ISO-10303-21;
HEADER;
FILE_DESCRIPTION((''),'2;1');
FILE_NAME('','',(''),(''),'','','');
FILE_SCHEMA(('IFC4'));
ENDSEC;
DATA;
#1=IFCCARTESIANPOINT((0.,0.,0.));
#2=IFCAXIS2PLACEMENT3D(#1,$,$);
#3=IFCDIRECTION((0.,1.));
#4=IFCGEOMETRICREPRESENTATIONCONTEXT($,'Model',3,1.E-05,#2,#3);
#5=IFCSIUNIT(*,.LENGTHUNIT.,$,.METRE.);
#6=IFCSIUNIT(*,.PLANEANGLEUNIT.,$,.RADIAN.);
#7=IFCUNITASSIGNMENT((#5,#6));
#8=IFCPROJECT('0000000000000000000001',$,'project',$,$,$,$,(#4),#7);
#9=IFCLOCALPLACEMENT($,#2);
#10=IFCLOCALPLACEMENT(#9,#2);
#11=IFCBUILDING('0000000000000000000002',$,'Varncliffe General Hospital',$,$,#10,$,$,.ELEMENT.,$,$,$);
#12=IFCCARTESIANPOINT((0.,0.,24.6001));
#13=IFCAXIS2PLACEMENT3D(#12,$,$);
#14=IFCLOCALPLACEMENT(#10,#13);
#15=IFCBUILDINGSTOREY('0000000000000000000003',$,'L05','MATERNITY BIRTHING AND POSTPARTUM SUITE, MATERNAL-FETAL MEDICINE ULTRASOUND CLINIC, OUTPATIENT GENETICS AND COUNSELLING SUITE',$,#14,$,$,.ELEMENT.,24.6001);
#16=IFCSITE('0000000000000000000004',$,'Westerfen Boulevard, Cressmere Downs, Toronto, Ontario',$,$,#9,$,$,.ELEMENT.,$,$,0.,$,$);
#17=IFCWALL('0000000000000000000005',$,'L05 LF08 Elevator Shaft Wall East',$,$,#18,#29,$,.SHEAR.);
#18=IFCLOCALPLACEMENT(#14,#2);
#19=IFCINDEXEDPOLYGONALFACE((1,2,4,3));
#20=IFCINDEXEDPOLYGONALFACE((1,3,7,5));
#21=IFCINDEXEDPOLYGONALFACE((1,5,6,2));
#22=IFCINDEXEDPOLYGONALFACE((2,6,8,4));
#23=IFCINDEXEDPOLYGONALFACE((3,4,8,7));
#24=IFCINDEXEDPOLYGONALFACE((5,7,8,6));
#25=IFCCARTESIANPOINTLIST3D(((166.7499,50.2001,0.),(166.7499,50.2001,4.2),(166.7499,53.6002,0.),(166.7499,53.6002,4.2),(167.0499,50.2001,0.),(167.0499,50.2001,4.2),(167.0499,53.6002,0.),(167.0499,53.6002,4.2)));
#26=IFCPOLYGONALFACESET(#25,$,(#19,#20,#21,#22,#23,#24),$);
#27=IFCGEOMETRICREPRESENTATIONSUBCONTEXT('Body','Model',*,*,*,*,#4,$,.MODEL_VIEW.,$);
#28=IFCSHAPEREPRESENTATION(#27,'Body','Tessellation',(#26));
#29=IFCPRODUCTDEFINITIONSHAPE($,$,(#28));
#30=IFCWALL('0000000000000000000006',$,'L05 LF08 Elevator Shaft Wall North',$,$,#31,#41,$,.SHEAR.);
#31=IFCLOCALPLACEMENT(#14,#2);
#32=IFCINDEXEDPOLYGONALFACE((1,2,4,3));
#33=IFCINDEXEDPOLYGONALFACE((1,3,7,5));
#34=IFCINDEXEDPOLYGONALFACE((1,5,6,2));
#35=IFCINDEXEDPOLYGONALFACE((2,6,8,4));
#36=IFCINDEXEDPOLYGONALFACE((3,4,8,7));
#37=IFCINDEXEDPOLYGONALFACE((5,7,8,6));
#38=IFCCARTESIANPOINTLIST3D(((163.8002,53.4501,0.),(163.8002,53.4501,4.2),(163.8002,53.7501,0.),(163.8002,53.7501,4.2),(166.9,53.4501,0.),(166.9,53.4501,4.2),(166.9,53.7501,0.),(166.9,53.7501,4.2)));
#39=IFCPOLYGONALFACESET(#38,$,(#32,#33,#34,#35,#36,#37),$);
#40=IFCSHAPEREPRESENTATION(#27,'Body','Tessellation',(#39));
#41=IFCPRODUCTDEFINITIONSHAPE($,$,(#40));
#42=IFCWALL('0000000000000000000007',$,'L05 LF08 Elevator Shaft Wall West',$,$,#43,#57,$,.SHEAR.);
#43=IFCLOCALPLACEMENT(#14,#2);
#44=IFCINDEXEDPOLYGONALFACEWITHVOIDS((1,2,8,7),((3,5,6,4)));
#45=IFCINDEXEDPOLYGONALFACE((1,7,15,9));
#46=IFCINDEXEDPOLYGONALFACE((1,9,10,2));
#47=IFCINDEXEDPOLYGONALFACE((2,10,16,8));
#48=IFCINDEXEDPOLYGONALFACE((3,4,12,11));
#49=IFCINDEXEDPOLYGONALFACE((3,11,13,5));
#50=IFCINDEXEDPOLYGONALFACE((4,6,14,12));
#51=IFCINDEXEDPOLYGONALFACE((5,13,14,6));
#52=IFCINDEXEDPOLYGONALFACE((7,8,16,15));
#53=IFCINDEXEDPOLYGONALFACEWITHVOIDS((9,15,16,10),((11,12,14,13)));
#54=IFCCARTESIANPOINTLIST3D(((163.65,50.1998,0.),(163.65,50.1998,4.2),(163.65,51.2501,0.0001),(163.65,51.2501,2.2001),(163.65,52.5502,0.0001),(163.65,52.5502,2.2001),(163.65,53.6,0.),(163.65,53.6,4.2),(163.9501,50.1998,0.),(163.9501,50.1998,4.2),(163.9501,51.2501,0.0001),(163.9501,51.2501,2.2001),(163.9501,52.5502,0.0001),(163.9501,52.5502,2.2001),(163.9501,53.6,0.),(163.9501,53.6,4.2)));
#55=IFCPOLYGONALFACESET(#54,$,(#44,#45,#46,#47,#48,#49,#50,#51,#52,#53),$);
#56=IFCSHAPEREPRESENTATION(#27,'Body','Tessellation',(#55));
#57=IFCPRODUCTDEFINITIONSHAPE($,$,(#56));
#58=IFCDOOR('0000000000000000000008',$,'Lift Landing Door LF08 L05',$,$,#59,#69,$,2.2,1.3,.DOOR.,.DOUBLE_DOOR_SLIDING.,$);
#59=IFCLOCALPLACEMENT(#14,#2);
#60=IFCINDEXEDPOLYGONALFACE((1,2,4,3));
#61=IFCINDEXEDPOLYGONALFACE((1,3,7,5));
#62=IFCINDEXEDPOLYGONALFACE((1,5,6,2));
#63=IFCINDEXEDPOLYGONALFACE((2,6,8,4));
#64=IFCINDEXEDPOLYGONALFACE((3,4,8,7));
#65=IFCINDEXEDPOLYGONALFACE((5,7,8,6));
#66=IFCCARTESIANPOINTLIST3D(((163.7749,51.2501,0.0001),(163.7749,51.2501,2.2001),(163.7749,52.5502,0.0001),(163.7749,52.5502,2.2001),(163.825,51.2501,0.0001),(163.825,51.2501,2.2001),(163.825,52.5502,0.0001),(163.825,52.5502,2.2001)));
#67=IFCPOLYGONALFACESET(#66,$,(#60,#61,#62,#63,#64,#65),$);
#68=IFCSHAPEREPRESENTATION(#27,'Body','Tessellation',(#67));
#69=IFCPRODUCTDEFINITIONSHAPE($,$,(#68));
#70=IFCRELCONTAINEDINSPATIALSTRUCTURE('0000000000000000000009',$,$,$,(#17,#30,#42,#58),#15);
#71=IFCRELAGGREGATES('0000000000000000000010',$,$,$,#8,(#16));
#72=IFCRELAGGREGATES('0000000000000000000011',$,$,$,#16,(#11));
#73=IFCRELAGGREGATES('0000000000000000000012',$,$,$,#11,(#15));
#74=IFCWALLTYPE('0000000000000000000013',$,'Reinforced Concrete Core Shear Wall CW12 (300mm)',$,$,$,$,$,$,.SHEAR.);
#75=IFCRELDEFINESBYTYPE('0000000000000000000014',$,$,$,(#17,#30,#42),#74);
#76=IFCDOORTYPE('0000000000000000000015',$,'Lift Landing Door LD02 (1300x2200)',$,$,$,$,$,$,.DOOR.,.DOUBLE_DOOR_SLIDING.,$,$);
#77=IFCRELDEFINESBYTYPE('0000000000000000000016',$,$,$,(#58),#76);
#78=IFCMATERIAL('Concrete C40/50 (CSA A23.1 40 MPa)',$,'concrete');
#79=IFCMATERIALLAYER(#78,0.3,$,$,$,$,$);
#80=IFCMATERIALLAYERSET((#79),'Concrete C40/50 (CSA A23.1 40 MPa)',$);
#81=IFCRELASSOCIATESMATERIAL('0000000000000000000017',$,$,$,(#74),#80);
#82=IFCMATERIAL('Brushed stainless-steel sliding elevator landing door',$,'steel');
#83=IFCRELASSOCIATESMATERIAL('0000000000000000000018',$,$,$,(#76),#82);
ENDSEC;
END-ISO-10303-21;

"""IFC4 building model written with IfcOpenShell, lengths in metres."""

from ifc_helpers import new_model, si_unit, direction, frame, frame_2d, origin, place, context, subcontext, project, spatial, rectangle, extrude, material, layer, layer_set, type_object, element, fill, save


model = new_model("IFC4")

# Units and contexts
model_context = context("Model", 3, precision=1e-05, world=origin(), true_north=direction((0.0, 1.0)))
body_context = subcontext(model_context, "Body", "Model", "MODEL_VIEW")
ifc_project = project(units=[si_unit("LENGTHUNIT", "METRE"), si_unit("PLANEANGLEUNIT", "RADIAN")], contexts=[model_context])

# Site, building, storey
site_placement = place(None, origin())
site = spatial("IfcSite", under=ifc_project, at=site_placement, Name="Westerfen Boulevard, Cressmere Downs, Toronto, Ontario", CompositionType="ELEMENT", RefElevation=0.0)
building_placement = place(site_placement, origin())
building = spatial("IfcBuilding", under=site, at=building_placement, Name="Varncliffe General Hospital", CompositionType="ELEMENT")
storey_placement = place(building_placement, frame((0.0, 0.0, 24.6001)))
storey = spatial("IfcBuildingStorey", under=building, at=storey_placement, Name="L05", Description="MATERNITY BIRTHING AND POSTPARTUM SUITE, MATERNAL-FETAL MEDICINE ULTRASOUND CLINIC, OUTPATIENT GENETICS AND COUNSELLING SUITE", CompositionType="ELEMENT", Elevation=24.6001)

# Shared definitions
ifc_material_1 = material(Name="Concrete C40/50 (CSA A23.1 40 MPa)", Category="concrete")

# Walls
ifc_layer_1 = layer(ifc_material_1, 0.3)
ifc_layer_set_1 = layer_set([ifc_layer_1], Name="Concrete C40/50 (CSA A23.1 40 MPa)")
wall_type_1 = type_object("IfcWallType", Name="Reinforced Concrete Core Shear Wall CW12 (300mm)", PredefinedType="SHEAR", material=ifc_layer_set_1)
wall_1_placement = place(storey_placement, frame((166.8999, 50.2, 0.0), z_axis=(0.0, 0.0, 1.0), x_axis=(0.0, 1.0, 0.0)))
element("IfcWall", 1, at=wall_1_placement, inside=storey, type_object=wall_type_1, Name="L05 LF08 Elevator Shaft Wall East", PredefinedType="SHEAR", context=body_context, shape_type="SweptSolid", body=[
    extrude(rectangle(XDim=3.4001, YDim=0.3, at=frame_2d((1.7002, 0.0))), origin(), (0.0, 0.0, 1.0), 4.2),
])
wall_2_placement = place(storey_placement, frame((166.8999, 53.6001, 0.0), z_axis=(0.0, 0.0, 1.0), x_axis=(-1.0, 0.0, 0.0)))
element("IfcWall", 2, at=wall_2_placement, inside=storey, type_object=wall_type_1, Name="L05 LF08 Elevator Shaft Wall North", PredefinedType="SHEAR", context=body_context, shape_type="SweptSolid", body=[
    extrude(rectangle(XDim=3.0999, YDim=0.3, at=frame_2d((1.5498, 0.0))), origin(), (0.0, 0.0, 1.0), 4.2),
])

# Wall, opening, door
wall_3_placement = place(storey_placement, frame((163.8, 53.6001, 0.0), z_axis=(0.0, 0.0, 1.0), x_axis=(0.0, -1.0, 0.0)))
wall_3 = element("IfcWall", 3, at=wall_3_placement, inside=storey, type_object=wall_type_1, Name="L05 LF08 Elevator Shaft Wall West", PredefinedType="SHEAR", context=body_context, shape_type="SweptSolid", body=[
    extrude(rectangle(XDim=3.4001, YDim=0.3, at=frame_2d((1.7002, 0.0))), origin(), (0.0, 0.0, 1.0), 4.2),
])
opening_1_placement = place(wall_3_placement, frame((1.05, 0.0, 0.0)))
opening_1 = element("IfcOpeningElement", 4, at=opening_1_placement, cuts=wall_3, PredefinedType="OPENING", context=body_context, shape_type="SweptSolid", body=[
    extrude(rectangle(XDim=1.3, YDim=2.2, at=frame_2d((0.6499, 1.1001))), frame((0.0, 0.1602, 0.0), z_axis=(0.0, -1.0, 0.0), x_axis=(1.0, 0.0, 0.0)), (0.0, 0.0, 1.0), 0.3201),
])
ifc_material_2 = material(Name="Brushed stainless-steel sliding elevator landing door", Category="steel")
door_type_1 = type_object("IfcDoorType", Name="Lift Landing Door LD02 (1300x2200)", OperationType="DOUBLE_DOOR_SLIDING", PredefinedType="DOOR", material=ifc_material_2)
door_1_placement = place(opening_1_placement, origin())
door_1 = element("IfcDoor", 5, at=door_1_placement, inside=storey, type_object=door_type_1, Name="Lift Landing Door LF08 L05", OperationType="DOUBLE_DOOR_SLIDING", OverallHeight=2.2, OverallWidth=1.3, PredefinedType="DOOR", context=body_context, shape_type="SweptSolid", body=[
    extrude(rectangle(XDim=1.3, YDim=2.2, at=frame_2d((0.6499, 1.1001))), frame((0.0, 0.0249, 0.0), z_axis=(0.0, -1.0, 0.0), x_axis=(1.0, 0.0, 0.0)), (0.0, 0.0, 1.0), 0.05),
])
fill(opening_1, door_1)

save(model, "model.ifc")
